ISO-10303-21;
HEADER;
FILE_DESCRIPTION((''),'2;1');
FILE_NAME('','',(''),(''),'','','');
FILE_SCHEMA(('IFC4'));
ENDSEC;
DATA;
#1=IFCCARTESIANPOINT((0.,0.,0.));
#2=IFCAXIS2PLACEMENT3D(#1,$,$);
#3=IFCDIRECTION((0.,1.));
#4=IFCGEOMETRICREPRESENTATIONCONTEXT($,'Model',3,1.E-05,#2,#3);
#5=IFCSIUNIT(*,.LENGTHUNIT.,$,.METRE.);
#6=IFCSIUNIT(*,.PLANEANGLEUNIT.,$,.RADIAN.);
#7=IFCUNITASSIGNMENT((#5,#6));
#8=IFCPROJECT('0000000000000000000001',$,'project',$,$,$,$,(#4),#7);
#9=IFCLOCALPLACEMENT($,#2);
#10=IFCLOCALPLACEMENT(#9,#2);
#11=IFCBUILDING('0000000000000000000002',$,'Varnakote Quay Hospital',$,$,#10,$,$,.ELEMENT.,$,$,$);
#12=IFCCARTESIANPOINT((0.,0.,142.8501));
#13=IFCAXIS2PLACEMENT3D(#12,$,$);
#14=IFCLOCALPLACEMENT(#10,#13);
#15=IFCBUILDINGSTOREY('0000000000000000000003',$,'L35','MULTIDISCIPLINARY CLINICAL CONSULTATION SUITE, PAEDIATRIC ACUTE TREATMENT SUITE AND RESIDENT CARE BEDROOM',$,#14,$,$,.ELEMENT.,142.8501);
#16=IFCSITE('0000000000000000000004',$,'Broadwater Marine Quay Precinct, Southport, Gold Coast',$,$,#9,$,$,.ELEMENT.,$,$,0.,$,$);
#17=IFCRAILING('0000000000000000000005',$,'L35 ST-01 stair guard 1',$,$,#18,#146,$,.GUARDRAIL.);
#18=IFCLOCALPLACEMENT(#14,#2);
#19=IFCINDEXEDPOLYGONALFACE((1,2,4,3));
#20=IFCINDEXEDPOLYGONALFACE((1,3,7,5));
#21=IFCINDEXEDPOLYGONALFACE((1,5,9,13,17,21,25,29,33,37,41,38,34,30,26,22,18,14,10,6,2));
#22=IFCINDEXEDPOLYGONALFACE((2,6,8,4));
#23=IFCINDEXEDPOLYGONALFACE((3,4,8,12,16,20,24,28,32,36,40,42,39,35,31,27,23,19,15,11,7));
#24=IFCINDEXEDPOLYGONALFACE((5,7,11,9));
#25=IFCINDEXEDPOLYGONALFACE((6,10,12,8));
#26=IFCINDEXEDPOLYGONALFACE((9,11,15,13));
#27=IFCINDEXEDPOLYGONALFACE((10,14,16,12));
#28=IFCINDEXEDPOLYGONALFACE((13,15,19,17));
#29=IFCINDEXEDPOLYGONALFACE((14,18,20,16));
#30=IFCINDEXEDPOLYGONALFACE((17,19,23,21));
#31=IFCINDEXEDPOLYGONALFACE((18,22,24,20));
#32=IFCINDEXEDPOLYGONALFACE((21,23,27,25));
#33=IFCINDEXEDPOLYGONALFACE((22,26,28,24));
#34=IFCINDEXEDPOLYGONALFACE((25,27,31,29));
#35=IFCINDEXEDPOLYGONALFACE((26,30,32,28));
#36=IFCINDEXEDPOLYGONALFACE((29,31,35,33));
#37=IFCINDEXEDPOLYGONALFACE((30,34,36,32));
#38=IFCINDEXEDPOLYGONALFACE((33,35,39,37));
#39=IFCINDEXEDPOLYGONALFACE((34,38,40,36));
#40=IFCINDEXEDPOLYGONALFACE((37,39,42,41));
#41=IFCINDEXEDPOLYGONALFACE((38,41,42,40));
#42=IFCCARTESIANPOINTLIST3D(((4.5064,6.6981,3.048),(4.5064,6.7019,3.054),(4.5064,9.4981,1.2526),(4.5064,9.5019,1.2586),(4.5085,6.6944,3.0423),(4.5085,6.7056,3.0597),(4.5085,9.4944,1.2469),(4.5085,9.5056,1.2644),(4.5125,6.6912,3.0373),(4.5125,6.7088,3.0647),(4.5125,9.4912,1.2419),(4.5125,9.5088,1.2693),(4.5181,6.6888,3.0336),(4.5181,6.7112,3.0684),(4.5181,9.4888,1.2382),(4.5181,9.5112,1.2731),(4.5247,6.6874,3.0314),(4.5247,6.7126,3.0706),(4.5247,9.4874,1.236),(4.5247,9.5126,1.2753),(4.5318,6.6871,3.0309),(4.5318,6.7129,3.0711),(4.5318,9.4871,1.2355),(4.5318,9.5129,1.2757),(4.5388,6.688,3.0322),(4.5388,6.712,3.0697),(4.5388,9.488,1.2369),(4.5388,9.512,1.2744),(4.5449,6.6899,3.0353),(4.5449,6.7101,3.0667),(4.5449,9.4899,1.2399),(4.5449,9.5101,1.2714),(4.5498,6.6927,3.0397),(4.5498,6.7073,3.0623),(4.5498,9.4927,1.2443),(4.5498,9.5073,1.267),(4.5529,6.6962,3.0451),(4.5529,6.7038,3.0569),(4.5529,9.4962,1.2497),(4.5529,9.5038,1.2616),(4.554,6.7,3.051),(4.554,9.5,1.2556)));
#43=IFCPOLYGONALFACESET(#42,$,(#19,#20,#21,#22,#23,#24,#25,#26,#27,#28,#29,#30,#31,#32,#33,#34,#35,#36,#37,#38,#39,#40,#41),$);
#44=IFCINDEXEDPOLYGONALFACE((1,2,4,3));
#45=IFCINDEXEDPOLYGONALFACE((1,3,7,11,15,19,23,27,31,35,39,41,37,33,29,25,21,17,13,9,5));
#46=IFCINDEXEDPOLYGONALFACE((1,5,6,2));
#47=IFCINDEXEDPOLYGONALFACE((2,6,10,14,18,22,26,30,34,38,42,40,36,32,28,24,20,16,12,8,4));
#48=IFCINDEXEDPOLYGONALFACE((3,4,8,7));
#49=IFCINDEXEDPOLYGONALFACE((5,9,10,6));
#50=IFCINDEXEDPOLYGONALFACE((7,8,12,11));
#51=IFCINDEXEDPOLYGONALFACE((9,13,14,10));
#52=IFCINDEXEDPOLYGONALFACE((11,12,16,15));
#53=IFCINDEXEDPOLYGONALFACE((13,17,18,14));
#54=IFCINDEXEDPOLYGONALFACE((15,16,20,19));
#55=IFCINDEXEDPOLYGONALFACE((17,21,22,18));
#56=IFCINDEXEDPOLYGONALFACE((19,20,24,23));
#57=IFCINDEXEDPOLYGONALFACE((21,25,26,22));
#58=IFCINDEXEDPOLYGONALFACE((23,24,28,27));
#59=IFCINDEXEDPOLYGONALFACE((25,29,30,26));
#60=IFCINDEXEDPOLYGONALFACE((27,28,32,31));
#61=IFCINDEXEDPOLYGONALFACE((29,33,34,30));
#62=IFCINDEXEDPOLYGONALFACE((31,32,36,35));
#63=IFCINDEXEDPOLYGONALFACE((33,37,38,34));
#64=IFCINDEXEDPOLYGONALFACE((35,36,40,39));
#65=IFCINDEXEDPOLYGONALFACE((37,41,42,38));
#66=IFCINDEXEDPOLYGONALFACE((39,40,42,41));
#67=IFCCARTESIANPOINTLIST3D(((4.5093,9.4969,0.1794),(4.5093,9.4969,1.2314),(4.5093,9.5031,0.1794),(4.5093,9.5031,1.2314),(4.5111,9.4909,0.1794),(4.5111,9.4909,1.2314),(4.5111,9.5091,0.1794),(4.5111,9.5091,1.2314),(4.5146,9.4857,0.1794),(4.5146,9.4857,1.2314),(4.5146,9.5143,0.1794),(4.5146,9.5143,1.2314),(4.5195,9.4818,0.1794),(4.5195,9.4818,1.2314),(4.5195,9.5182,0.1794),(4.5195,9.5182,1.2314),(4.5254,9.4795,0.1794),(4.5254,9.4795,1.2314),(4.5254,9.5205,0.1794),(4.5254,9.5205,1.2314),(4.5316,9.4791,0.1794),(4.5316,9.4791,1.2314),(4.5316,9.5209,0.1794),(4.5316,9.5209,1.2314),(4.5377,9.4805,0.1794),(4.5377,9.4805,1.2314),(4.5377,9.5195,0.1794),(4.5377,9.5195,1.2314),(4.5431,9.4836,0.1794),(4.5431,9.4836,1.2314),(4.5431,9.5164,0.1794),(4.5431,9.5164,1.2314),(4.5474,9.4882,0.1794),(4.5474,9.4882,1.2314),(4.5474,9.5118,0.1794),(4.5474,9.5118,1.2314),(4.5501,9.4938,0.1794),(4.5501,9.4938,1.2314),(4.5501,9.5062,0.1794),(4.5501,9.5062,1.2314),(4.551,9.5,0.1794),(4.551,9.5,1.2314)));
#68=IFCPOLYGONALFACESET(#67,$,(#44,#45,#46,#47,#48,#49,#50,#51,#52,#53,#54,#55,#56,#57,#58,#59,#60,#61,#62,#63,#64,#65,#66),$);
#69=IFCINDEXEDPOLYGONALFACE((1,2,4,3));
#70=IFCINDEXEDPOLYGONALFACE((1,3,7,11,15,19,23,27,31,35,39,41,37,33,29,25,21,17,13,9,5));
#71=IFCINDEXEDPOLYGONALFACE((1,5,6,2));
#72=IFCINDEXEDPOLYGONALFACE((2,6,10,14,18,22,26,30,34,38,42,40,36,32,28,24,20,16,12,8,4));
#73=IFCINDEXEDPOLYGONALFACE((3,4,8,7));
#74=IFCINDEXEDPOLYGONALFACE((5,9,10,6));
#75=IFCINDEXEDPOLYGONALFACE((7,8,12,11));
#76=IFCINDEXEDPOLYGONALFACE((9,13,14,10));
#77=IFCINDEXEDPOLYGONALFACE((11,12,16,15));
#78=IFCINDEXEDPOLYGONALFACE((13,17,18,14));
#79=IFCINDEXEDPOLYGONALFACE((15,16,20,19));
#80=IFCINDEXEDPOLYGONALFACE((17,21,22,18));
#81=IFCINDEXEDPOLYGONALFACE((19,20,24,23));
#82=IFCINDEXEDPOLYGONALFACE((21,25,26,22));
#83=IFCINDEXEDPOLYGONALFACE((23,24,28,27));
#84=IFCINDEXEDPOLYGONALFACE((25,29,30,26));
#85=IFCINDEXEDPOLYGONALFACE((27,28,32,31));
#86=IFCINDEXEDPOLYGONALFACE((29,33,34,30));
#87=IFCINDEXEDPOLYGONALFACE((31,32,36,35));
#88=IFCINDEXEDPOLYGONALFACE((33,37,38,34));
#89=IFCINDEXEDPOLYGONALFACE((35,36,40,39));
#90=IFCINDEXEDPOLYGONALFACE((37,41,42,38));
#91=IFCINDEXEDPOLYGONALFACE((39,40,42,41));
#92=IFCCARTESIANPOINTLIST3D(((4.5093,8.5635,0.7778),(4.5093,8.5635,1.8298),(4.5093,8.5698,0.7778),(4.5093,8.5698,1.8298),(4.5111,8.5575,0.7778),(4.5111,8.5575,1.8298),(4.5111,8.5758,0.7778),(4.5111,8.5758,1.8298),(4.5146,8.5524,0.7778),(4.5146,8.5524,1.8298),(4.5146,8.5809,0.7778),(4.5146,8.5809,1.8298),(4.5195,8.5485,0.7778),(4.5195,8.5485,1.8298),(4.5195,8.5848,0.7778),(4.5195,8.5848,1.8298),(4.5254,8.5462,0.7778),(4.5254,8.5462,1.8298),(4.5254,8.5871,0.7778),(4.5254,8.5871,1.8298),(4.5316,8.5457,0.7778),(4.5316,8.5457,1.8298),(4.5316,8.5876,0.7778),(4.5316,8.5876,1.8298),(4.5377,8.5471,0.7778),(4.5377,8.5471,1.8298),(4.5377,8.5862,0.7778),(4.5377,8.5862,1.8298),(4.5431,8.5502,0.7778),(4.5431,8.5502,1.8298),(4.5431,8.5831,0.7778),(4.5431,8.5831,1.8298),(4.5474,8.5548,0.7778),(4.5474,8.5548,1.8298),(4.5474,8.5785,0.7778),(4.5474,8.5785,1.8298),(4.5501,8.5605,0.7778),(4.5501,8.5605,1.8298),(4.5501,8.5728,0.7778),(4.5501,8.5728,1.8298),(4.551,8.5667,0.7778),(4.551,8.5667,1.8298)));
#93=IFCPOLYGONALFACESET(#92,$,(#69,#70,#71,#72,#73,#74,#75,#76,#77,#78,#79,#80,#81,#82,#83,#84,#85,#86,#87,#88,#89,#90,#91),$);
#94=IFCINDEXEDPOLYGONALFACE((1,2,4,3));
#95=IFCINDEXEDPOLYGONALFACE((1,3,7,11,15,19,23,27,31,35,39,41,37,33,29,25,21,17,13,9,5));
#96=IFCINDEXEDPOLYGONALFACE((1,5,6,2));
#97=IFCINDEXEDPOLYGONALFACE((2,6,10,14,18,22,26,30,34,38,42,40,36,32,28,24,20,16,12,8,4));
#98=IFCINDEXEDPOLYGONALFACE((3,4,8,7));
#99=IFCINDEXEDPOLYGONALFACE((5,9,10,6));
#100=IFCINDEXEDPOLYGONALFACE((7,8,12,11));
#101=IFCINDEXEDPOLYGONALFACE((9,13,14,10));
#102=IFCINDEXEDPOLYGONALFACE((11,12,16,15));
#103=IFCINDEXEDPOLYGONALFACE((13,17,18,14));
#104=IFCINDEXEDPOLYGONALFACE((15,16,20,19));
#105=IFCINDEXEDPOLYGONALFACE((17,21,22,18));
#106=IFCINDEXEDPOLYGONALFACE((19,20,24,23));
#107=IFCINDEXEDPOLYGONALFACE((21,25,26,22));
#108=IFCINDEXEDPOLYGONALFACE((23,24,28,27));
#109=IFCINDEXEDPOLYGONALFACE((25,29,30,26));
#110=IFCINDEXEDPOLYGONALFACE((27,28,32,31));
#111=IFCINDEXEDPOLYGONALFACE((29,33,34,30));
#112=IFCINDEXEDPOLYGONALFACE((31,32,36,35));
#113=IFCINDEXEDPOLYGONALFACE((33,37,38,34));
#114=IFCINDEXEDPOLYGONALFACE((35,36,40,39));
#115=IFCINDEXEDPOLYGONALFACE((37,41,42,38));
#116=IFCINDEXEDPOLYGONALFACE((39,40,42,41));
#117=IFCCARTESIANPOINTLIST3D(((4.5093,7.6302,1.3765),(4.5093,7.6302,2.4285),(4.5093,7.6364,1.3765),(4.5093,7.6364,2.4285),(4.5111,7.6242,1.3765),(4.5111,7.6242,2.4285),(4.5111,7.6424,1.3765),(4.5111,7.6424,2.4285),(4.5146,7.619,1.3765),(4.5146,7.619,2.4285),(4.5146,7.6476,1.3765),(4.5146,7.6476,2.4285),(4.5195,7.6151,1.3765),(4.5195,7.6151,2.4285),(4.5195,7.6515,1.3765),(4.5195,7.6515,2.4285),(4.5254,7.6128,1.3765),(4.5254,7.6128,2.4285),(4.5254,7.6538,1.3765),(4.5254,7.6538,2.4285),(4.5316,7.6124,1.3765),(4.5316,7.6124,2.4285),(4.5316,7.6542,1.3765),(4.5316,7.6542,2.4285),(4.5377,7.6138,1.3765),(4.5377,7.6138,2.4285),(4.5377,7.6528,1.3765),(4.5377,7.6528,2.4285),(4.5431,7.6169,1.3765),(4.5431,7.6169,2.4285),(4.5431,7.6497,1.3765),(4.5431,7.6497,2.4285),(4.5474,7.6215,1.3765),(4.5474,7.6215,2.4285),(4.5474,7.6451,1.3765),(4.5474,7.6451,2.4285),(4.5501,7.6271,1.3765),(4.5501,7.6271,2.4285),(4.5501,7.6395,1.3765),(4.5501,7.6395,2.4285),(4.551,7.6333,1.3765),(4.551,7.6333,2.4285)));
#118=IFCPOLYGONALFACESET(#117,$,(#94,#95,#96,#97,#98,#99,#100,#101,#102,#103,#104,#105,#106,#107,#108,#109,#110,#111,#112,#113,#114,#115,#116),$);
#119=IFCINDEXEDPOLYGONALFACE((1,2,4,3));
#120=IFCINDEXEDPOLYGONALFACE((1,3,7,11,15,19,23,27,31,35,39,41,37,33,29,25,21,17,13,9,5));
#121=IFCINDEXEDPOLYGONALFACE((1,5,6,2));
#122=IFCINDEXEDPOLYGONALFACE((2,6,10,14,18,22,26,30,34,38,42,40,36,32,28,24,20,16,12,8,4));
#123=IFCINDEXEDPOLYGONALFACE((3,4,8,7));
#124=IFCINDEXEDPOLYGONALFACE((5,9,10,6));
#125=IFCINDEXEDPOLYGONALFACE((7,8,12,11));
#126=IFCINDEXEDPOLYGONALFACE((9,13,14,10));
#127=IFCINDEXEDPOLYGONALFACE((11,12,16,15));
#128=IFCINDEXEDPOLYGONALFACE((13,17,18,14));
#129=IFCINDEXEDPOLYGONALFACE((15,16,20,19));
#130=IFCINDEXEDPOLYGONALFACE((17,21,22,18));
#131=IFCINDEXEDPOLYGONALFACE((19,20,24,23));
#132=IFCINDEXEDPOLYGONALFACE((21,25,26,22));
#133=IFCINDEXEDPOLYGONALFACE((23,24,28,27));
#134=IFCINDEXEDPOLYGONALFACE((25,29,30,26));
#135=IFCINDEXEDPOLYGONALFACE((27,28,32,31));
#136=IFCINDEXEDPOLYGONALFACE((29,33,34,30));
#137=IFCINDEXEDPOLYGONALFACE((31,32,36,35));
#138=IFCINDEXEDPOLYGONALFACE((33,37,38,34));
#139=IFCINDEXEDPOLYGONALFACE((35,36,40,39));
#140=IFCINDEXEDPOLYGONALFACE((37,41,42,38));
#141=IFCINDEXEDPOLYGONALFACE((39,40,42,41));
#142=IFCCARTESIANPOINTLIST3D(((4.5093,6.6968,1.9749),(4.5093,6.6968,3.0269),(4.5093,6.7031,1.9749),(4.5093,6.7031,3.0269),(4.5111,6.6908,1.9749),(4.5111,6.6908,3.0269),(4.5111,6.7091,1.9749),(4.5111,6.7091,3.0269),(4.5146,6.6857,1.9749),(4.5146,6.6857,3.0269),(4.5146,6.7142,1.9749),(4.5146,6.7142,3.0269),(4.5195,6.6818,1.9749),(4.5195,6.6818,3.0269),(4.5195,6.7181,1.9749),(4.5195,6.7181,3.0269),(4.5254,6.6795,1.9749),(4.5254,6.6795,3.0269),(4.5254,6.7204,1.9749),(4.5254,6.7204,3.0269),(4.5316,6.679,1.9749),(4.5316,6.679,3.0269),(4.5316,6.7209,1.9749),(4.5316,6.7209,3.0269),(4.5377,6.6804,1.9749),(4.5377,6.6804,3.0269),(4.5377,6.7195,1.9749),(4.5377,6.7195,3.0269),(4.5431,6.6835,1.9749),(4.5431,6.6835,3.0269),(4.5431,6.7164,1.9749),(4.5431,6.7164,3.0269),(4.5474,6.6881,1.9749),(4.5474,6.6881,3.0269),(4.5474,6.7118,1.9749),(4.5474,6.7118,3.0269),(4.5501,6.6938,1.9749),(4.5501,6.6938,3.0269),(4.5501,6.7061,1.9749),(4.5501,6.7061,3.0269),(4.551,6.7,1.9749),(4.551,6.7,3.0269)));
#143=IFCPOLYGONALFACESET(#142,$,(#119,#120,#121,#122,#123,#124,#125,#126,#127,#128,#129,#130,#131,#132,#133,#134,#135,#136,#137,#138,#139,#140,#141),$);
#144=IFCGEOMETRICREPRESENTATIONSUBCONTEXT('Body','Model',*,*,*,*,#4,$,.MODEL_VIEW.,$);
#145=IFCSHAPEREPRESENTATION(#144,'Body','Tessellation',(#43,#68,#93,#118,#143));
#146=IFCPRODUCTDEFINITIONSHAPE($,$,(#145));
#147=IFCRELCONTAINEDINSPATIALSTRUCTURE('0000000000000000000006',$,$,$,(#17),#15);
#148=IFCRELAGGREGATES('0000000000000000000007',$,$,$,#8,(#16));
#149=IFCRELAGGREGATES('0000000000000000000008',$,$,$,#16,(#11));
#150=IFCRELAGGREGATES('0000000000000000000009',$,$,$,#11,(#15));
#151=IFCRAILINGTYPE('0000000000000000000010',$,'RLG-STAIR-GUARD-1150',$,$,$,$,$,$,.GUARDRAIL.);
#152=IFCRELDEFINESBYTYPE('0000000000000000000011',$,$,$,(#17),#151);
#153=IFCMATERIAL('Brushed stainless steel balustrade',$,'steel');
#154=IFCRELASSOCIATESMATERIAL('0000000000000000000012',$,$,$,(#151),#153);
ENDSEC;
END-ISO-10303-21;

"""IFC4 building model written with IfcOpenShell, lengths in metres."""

from ifc_helpers import new_model, si_unit, direction, frame, origin, origin_2d, place, context, subcontext, project, spatial, circle, extrude, material, type_object, element, save


model = new_model("IFC4")

# Units and contexts
model_context = context("Model", 3, precision=1e-05, world=origin(), true_north=direction((0.0, 1.0)))
body_context = subcontext(model_context, "Body", "Model", "MODEL_VIEW")
ifc_project = project(units=[si_unit("LENGTHUNIT", "METRE"), si_unit("PLANEANGLEUNIT", "RADIAN")], contexts=[model_context])

# Site, building, storey
site_placement = place(None, origin())
site = spatial("IfcSite", under=ifc_project, at=site_placement, Name="Broadwater Marine Quay Precinct, Southport, Gold Coast", CompositionType="ELEMENT", RefElevation=0.0)
building_placement = place(site_placement, origin())
building = spatial("IfcBuilding", under=site, at=building_placement, Name="Varnakote Quay Hospital", CompositionType="ELEMENT")
storey_placement = place(building_placement, frame((0.0, 0.0, 142.8501)))
storey = spatial("IfcBuildingStorey", under=building, at=storey_placement, Name="L35", Description="MULTIDISCIPLINARY CLINICAL CONSULTATION SUITE, PAEDIATRIC ACUTE TREATMENT SUITE AND RESIDENT CARE BEDROOM", CompositionType="ELEMENT", Elevation=142.8501)

# Railing
ifc_material_1 = material(Name="Brushed stainless steel balustrade", Category="steel")
railing_type_1 = type_object("IfcRailingType", Name="RLG-STAIR-GUARD-1150", PredefinedType="GUARDRAIL", material=ifc_material_1)
railing_1_placement = place(storey_placement, frame((4.53, 9.5, 0.1794)))
element("IfcRailing", 1, at=railing_1_placement, inside=storey, type_object=railing_type_1, Name="L35 ST-01 stair guard 1", PredefinedType="GUARDRAIL", context=body_context, shape_type="SweptSolid", body=[
    extrude(circle(Radius=0.0239, at=origin_2d()), frame((0.0, 0.0, 1.0762), z_axis=(0.0, -0.84181, 0.539774), x_axis=(1.0, 0.0, 0.0)), (0.0, 0.0, 1.0), 3.3262),
    extrude(circle(Radius=0.021, at=origin_2d()), origin(), (0.0, 0.0, 1.0), 1.052),
    extrude(circle(Radius=0.021, at=origin_2d()), frame((0.0, -0.9333, 0.5984)), (0.0, 0.0, 1.0), 1.052),
    extrude(circle(Radius=0.021, at=origin_2d()), frame((0.0, -1.8667, 1.197)), (0.0, 0.0, 1.0), 1.052),
    extrude(circle(Radius=0.021, at=origin_2d()), frame((0.0, -2.8, 1.7954)), (0.0, 0.0, 1.0), 1.052),
])

save(model, "model.ifc")
